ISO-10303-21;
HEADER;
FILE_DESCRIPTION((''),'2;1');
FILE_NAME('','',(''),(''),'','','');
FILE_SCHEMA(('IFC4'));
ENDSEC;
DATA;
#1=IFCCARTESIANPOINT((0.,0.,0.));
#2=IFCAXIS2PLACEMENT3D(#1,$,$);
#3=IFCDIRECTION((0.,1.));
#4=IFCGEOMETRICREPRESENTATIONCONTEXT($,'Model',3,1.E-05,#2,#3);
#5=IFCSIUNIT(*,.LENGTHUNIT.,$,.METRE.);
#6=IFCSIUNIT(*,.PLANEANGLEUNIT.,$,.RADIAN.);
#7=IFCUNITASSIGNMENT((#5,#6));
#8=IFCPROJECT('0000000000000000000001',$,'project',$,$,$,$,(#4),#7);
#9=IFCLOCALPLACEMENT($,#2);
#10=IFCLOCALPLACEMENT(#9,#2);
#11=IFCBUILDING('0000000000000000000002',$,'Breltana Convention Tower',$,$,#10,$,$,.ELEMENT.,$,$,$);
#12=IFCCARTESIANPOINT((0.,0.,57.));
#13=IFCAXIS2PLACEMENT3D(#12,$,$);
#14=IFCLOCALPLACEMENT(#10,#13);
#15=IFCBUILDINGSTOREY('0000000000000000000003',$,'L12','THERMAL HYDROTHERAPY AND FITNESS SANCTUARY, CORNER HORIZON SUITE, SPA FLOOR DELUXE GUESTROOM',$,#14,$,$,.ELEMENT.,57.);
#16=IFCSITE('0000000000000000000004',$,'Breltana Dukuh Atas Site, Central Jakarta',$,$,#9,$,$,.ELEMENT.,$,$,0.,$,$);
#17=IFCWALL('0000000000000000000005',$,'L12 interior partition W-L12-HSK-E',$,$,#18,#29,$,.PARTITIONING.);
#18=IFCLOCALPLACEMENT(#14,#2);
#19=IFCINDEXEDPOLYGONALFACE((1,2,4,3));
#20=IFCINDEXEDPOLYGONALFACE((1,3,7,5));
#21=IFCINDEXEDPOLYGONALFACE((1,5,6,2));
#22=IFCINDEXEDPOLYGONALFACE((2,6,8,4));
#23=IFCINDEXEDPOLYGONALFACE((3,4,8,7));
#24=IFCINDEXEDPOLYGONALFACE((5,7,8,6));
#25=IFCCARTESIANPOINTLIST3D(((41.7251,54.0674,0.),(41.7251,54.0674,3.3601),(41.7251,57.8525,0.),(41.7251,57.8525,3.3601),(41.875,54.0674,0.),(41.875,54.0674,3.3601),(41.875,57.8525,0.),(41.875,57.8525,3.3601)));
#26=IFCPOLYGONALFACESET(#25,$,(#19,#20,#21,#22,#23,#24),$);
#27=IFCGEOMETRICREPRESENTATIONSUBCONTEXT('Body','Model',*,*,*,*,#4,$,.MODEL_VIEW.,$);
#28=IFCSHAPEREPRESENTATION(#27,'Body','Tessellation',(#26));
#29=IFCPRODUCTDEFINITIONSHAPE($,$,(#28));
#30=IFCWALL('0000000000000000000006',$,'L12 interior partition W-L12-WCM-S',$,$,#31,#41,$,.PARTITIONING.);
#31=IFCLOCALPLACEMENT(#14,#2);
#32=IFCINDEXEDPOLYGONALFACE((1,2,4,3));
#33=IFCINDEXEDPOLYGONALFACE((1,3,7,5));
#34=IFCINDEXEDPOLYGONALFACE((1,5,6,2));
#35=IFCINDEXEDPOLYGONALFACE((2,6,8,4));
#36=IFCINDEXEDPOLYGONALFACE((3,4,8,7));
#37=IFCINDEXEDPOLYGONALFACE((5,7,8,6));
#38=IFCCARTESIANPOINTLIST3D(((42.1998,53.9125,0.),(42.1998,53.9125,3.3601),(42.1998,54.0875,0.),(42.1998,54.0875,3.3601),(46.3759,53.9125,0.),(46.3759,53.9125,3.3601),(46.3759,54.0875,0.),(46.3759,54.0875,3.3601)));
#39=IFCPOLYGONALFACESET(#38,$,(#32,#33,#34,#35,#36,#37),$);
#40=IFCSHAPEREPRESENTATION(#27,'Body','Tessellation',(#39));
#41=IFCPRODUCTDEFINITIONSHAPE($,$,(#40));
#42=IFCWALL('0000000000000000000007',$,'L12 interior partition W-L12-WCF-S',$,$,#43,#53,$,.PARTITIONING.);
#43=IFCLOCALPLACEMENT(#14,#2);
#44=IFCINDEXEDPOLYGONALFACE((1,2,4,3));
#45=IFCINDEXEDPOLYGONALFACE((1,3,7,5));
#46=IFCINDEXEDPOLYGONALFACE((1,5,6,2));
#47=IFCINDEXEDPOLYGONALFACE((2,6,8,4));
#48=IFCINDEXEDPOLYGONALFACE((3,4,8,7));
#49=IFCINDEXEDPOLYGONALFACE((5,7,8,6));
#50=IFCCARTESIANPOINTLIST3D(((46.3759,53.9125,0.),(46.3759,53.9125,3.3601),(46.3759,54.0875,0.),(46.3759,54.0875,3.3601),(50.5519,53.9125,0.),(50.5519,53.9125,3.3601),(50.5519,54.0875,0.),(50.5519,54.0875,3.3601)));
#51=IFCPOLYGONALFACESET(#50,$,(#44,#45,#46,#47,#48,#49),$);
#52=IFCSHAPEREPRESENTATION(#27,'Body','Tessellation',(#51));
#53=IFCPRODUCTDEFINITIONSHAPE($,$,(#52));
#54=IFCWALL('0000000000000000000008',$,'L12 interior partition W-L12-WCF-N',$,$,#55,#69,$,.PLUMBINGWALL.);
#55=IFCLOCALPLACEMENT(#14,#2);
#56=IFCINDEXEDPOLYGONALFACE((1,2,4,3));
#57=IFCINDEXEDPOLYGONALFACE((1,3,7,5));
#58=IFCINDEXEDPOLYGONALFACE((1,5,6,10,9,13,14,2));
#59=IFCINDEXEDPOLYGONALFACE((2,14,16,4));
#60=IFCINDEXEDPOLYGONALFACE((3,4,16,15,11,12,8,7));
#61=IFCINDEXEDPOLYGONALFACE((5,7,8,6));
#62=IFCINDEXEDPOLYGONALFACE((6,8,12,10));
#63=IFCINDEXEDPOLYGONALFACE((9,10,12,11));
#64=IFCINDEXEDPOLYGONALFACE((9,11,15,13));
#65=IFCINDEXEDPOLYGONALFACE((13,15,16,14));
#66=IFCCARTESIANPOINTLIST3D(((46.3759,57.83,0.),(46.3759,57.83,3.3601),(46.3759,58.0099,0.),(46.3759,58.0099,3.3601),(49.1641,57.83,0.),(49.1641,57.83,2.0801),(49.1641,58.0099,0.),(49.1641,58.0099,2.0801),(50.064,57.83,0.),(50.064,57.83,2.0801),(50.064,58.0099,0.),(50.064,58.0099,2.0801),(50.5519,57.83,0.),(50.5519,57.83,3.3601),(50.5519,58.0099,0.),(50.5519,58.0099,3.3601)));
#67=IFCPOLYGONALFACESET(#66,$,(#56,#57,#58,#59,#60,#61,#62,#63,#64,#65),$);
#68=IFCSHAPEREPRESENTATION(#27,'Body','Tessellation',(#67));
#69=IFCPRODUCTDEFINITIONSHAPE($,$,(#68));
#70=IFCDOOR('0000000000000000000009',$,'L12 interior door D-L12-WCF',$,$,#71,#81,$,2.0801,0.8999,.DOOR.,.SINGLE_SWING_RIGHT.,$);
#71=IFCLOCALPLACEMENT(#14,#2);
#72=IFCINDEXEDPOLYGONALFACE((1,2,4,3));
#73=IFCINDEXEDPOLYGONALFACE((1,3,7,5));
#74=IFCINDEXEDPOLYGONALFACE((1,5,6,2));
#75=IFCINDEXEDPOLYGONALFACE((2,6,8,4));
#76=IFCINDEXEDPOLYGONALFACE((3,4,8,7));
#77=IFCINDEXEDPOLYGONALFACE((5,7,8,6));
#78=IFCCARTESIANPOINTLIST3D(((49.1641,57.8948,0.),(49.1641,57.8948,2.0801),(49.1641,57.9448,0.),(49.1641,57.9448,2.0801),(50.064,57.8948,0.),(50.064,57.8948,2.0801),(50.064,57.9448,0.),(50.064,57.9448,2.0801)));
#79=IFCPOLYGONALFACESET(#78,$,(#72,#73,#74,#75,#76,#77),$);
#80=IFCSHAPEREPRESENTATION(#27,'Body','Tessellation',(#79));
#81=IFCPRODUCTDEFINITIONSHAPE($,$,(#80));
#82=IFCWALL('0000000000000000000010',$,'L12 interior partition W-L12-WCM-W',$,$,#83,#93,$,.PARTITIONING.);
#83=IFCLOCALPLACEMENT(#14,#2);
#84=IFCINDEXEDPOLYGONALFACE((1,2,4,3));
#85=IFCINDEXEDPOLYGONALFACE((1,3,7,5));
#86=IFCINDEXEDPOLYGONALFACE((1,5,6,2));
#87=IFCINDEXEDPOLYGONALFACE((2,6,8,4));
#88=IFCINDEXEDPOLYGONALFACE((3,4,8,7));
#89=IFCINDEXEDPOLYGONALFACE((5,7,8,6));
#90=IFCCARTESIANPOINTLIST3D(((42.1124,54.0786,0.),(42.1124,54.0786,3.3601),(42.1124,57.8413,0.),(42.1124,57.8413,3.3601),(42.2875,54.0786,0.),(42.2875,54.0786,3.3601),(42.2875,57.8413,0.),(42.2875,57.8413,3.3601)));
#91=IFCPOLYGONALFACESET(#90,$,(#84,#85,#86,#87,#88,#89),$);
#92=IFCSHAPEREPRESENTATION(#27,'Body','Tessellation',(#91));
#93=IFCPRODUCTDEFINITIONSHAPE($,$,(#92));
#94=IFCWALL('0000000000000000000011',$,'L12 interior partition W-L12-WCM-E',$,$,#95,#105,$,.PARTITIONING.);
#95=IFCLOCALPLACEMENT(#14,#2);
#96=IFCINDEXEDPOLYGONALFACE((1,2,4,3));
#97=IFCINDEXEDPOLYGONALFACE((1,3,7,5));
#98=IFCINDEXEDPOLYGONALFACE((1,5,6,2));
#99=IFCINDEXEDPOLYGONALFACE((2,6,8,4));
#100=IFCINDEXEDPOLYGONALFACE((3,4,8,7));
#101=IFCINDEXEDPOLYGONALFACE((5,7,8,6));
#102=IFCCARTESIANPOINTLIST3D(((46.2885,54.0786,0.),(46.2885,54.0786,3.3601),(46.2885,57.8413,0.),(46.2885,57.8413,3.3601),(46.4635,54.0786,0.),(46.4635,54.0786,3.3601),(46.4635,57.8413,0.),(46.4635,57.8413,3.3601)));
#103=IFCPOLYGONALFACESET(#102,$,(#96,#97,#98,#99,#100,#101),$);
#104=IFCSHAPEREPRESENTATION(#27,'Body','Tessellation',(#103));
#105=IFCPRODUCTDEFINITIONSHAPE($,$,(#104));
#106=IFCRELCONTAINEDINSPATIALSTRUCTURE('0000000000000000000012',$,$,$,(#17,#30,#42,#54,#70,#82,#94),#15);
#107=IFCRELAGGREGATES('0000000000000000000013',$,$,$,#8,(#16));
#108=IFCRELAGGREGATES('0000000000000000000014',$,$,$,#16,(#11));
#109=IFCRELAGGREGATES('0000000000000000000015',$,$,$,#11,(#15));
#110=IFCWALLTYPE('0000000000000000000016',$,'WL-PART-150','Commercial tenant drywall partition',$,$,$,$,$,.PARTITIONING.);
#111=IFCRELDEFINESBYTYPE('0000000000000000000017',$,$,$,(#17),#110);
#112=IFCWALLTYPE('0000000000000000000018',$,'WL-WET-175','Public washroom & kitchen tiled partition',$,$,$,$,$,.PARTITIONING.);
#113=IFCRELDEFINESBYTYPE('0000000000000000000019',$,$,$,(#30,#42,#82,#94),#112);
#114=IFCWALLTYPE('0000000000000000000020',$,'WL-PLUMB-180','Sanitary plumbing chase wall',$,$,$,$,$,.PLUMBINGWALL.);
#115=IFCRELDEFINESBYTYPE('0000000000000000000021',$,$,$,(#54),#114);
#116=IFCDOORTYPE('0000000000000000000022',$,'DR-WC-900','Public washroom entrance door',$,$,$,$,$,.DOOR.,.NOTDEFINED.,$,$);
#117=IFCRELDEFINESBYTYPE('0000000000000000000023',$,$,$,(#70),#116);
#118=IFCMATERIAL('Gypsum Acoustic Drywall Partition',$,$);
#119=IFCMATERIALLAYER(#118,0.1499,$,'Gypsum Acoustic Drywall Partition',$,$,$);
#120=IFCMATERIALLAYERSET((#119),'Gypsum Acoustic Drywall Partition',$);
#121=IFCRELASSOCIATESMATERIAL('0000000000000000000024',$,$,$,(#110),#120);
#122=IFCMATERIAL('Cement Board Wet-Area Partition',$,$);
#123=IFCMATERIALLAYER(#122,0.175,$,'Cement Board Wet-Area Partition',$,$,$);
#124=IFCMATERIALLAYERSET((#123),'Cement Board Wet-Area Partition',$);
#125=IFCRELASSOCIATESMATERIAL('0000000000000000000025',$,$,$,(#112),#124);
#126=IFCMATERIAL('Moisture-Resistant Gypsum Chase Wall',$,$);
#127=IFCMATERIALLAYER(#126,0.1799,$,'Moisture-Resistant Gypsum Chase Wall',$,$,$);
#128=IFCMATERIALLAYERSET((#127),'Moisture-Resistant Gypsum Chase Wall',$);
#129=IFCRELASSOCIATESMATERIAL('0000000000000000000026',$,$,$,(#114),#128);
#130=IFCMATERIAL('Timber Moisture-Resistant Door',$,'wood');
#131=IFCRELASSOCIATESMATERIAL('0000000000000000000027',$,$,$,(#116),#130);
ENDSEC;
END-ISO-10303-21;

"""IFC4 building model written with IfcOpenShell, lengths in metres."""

from ifc_helpers import new_model, si_unit, direction, frame, frame_2d, origin, place, context, subcontext, project, spatial, rectangle, extrude, source, transform, mapped, material, layer, layer_set, type_object, type_shapes, element, fill, save


model = new_model("IFC4")

# Units and contexts
model_context = context("Model", 3, precision=1e-05, world=origin(), true_north=direction((0.0, 1.0)))
body_context = subcontext(model_context, "Body", "Model", "MODEL_VIEW")
ifc_project = project(units=[si_unit("LENGTHUNIT", "METRE"), si_unit("PLANEANGLEUNIT", "RADIAN")], contexts=[model_context])

# Site, building, storey
site_placement = place(None, origin())
site = spatial("IfcSite", under=ifc_project, at=site_placement, Name="Breltana Dukuh Atas Site, Central Jakarta", CompositionType="ELEMENT", RefElevation=0.0)
building_placement = place(site_placement, origin())
building = spatial("IfcBuilding", under=site, at=building_placement, Name="Breltana Convention Tower", CompositionType="ELEMENT")
storey_placement = place(building_placement, frame((0.0, 0.0, 57.0)))
storey = spatial("IfcBuildingStorey", under=building, at=storey_placement, Name="L12", Description="THERMAL HYDROTHERAPY AND FITNESS SANCTUARY, CORNER HORIZON SUITE, SPA FLOOR DELUXE GUESTROOM", CompositionType="ELEMENT", Elevation=57.0)

# Walls
ifc_material_1 = material(Name="Gypsum Acoustic Drywall Partition")
ifc_layer_1 = layer(ifc_material_1, 0.1499, Name="Gypsum Acoustic Drywall Partition")
ifc_layer_set_1 = layer_set([ifc_layer_1], Name="Gypsum Acoustic Drywall Partition")
wall_type_1 = type_object("IfcWallType", Name="WL-PART-150", Description="Commercial tenant drywall partition", PredefinedType="PARTITIONING", material=ifc_layer_set_1)
shared_shape_1 = source(origin(), body_context, "Body", "SweptSolid", [
    extrude(rectangle(XDim=3.7852, YDim=0.1499, at=frame_2d((1.8926, 0.0))), origin(), (0.0, 0.0, 1.0), 3.3601),
])
wall_1_placement = place(storey_placement, frame((41.8, 54.0674, 0.0), z_axis=(0.0, 0.0, 1.0), x_axis=(0.0, 1.0, 0.0)))
element("IfcWall", 1, at=wall_1_placement, inside=storey, type_object=wall_type_1, Name="L12 interior partition W-L12-HSK-E", PredefinedType="PARTITIONING", context=body_context, shape_type="MappedRepresentation", body=[
    mapped(shared_shape_1, transform((0.0, 0.0, 0.0), scale=1.0)),
])
ifc_material_2 = material(Name="Cement Board Wet-Area Partition")
ifc_layer_2 = layer(ifc_material_2, 0.175, Name="Cement Board Wet-Area Partition")
ifc_layer_set_2 = layer_set([ifc_layer_2], Name="Cement Board Wet-Area Partition")
wall_type_2 = type_object("IfcWallType", Name="WL-WET-175", Description="Public washroom & kitchen tiled partition", PredefinedType="PARTITIONING", material=ifc_layer_set_2)
shared_shape_2 = source(origin(), body_context, "Body", "SweptSolid", [
    extrude(rectangle(XDim=4.176, YDim=0.175, at=frame_2d((2.0879, 0.0))), origin(), (0.0, 0.0, 1.0), 3.3601),
])
for number, where, z_axis, x_axis, name in (
    (2, (42.2, 54.0, 0.0), (0.0, 0.0, 1.0), (1.0, 0.0, 0.0), "L12 interior partition W-L12-WCM-S"),
    (3, (46.376, 54.0, 0.0), (0.0, 0.0, 1.0), (1.0, 0.0, 0.0), "L12 interior partition W-L12-WCF-S"),
):
    element("IfcWall", number, at=place(storey_placement, frame(where, z_axis=z_axis, x_axis=x_axis)), inside=storey, type_object=wall_type_2, Name=name, PredefinedType="PARTITIONING", context=body_context, shape_type="MappedRepresentation", body=[
        mapped(shared_shape_2, transform((0.0, 0.0, 0.0), scale=1.0)),
    ])

# Wall, opening, door
ifc_material_3 = material(Name="Moisture-Resistant Gypsum Chase Wall")
ifc_layer_3 = layer(ifc_material_3, 0.1799, Name="Moisture-Resistant Gypsum Chase Wall")
ifc_layer_set_3 = layer_set([ifc_layer_3], Name="Moisture-Resistant Gypsum Chase Wall")
wall_type_3 = type_object("IfcWallType", Name="WL-PLUMB-180", Description="Sanitary plumbing chase wall", PredefinedType="PLUMBINGWALL", material=ifc_layer_set_3)
shared_shape_3 = source(origin(), body_context, "Body", "SweptSolid", [
    extrude(rectangle(XDim=4.176, YDim=0.1799, at=frame_2d((2.0879, 0.0))), origin(), (0.0, 0.0, 1.0), 3.3601),
])
wall_2_placement = place(storey_placement, frame((46.376, 57.9199, 0.0), z_axis=(0.0, 0.0, 1.0), x_axis=(1.0, 0.0, 0.0)))
wall_2 = element("IfcWall", 4, at=wall_2_placement, inside=storey, type_object=wall_type_3, Name="L12 interior partition W-L12-WCF-N", PredefinedType="PLUMBINGWALL", context=body_context, shape_type="MappedRepresentation", body=[
    mapped(shared_shape_3, transform((0.0, 0.0, 0.0), scale=1.0)),
])
opening_placement = place(wall_2_placement, frame((2.7881, 0.0, 0.0)))
opening = element("IfcOpeningElement", 5, at=opening_placement, cuts=wall_2, PredefinedType="OPENING", context=body_context, shape_type="SweptSolid", body=[
    extrude(rectangle(XDim=0.8999, YDim=2.0801, at=frame_2d((0.45, 1.04))), frame((0.0, 0.1001, 0.0), z_axis=(0.0, -1.0, 0.0), x_axis=(1.0, 0.0, 0.0)), (0.0, 0.0, 1.0), 0.2),
])
ifc_material_4 = material(Name="Timber Moisture-Resistant Door", Category="wood")
door_type = type_object("IfcDoorType", Name="DR-WC-900", Description="Public washroom entrance door", OperationType="NOTDEFINED", PredefinedType="DOOR", material=ifc_material_4)
shared_shape_4 = source(origin(), body_context, "Body", "SweptSolid", [
    extrude(rectangle(XDim=0.8999, YDim=2.0801, at=frame_2d((0.45, 1.04))), frame((0.0, 0.0249, 0.0), z_axis=(0.0, -1.0, 0.0), x_axis=(1.0, 0.0, 0.0)), (0.0, 0.0, 1.0), 0.05),
])
type_shapes(door_type, [shared_shape_4])
door_placement = place(opening_placement, origin())
door = element("IfcDoor", 6, at=door_placement, inside=storey, type_object=door_type, Name="L12 interior door D-L12-WCF", OperationType="SINGLE_SWING_RIGHT", OverallHeight=2.0801, OverallWidth=0.8999, PredefinedType="DOOR", context=body_context, shape_type="MappedRepresentation", body=[
    mapped(shared_shape_4, transform((0.0, 0.0, 0.0), scale=1.0)),
])
fill(opening, door)

# Walls
shared_shape_5 = source(origin(), body_context, "Body", "SweptSolid", [
    extrude(rectangle(XDim=3.7627, YDim=0.175, at=frame_2d((1.8813, 0.0))), origin(), (0.0, 0.0, 1.0), 3.3601),
])
for number, where, z_axis, x_axis, name in (
    (7, (42.2, 54.0786, 0.0), (0.0, 0.0, 1.0), (0.0, 1.0, 0.0), "L12 interior partition W-L12-WCM-W"),
    (8, (46.376, 54.0786, 0.0), (0.0, 0.0, 1.0), (0.0, 1.0, 0.0), "L12 interior partition W-L12-WCM-E"),
):
    element("IfcWall", number, at=place(storey_placement, frame(where, z_axis=z_axis, x_axis=x_axis)), inside=storey, type_object=wall_type_2, Name=name, PredefinedType="PARTITIONING", context=body_context, shape_type="MappedRepresentation", body=[
        mapped(shared_shape_5, transform((0.0, 0.0, 0.0), scale=1.0)),
    ])

save(model, "model.ifc")
